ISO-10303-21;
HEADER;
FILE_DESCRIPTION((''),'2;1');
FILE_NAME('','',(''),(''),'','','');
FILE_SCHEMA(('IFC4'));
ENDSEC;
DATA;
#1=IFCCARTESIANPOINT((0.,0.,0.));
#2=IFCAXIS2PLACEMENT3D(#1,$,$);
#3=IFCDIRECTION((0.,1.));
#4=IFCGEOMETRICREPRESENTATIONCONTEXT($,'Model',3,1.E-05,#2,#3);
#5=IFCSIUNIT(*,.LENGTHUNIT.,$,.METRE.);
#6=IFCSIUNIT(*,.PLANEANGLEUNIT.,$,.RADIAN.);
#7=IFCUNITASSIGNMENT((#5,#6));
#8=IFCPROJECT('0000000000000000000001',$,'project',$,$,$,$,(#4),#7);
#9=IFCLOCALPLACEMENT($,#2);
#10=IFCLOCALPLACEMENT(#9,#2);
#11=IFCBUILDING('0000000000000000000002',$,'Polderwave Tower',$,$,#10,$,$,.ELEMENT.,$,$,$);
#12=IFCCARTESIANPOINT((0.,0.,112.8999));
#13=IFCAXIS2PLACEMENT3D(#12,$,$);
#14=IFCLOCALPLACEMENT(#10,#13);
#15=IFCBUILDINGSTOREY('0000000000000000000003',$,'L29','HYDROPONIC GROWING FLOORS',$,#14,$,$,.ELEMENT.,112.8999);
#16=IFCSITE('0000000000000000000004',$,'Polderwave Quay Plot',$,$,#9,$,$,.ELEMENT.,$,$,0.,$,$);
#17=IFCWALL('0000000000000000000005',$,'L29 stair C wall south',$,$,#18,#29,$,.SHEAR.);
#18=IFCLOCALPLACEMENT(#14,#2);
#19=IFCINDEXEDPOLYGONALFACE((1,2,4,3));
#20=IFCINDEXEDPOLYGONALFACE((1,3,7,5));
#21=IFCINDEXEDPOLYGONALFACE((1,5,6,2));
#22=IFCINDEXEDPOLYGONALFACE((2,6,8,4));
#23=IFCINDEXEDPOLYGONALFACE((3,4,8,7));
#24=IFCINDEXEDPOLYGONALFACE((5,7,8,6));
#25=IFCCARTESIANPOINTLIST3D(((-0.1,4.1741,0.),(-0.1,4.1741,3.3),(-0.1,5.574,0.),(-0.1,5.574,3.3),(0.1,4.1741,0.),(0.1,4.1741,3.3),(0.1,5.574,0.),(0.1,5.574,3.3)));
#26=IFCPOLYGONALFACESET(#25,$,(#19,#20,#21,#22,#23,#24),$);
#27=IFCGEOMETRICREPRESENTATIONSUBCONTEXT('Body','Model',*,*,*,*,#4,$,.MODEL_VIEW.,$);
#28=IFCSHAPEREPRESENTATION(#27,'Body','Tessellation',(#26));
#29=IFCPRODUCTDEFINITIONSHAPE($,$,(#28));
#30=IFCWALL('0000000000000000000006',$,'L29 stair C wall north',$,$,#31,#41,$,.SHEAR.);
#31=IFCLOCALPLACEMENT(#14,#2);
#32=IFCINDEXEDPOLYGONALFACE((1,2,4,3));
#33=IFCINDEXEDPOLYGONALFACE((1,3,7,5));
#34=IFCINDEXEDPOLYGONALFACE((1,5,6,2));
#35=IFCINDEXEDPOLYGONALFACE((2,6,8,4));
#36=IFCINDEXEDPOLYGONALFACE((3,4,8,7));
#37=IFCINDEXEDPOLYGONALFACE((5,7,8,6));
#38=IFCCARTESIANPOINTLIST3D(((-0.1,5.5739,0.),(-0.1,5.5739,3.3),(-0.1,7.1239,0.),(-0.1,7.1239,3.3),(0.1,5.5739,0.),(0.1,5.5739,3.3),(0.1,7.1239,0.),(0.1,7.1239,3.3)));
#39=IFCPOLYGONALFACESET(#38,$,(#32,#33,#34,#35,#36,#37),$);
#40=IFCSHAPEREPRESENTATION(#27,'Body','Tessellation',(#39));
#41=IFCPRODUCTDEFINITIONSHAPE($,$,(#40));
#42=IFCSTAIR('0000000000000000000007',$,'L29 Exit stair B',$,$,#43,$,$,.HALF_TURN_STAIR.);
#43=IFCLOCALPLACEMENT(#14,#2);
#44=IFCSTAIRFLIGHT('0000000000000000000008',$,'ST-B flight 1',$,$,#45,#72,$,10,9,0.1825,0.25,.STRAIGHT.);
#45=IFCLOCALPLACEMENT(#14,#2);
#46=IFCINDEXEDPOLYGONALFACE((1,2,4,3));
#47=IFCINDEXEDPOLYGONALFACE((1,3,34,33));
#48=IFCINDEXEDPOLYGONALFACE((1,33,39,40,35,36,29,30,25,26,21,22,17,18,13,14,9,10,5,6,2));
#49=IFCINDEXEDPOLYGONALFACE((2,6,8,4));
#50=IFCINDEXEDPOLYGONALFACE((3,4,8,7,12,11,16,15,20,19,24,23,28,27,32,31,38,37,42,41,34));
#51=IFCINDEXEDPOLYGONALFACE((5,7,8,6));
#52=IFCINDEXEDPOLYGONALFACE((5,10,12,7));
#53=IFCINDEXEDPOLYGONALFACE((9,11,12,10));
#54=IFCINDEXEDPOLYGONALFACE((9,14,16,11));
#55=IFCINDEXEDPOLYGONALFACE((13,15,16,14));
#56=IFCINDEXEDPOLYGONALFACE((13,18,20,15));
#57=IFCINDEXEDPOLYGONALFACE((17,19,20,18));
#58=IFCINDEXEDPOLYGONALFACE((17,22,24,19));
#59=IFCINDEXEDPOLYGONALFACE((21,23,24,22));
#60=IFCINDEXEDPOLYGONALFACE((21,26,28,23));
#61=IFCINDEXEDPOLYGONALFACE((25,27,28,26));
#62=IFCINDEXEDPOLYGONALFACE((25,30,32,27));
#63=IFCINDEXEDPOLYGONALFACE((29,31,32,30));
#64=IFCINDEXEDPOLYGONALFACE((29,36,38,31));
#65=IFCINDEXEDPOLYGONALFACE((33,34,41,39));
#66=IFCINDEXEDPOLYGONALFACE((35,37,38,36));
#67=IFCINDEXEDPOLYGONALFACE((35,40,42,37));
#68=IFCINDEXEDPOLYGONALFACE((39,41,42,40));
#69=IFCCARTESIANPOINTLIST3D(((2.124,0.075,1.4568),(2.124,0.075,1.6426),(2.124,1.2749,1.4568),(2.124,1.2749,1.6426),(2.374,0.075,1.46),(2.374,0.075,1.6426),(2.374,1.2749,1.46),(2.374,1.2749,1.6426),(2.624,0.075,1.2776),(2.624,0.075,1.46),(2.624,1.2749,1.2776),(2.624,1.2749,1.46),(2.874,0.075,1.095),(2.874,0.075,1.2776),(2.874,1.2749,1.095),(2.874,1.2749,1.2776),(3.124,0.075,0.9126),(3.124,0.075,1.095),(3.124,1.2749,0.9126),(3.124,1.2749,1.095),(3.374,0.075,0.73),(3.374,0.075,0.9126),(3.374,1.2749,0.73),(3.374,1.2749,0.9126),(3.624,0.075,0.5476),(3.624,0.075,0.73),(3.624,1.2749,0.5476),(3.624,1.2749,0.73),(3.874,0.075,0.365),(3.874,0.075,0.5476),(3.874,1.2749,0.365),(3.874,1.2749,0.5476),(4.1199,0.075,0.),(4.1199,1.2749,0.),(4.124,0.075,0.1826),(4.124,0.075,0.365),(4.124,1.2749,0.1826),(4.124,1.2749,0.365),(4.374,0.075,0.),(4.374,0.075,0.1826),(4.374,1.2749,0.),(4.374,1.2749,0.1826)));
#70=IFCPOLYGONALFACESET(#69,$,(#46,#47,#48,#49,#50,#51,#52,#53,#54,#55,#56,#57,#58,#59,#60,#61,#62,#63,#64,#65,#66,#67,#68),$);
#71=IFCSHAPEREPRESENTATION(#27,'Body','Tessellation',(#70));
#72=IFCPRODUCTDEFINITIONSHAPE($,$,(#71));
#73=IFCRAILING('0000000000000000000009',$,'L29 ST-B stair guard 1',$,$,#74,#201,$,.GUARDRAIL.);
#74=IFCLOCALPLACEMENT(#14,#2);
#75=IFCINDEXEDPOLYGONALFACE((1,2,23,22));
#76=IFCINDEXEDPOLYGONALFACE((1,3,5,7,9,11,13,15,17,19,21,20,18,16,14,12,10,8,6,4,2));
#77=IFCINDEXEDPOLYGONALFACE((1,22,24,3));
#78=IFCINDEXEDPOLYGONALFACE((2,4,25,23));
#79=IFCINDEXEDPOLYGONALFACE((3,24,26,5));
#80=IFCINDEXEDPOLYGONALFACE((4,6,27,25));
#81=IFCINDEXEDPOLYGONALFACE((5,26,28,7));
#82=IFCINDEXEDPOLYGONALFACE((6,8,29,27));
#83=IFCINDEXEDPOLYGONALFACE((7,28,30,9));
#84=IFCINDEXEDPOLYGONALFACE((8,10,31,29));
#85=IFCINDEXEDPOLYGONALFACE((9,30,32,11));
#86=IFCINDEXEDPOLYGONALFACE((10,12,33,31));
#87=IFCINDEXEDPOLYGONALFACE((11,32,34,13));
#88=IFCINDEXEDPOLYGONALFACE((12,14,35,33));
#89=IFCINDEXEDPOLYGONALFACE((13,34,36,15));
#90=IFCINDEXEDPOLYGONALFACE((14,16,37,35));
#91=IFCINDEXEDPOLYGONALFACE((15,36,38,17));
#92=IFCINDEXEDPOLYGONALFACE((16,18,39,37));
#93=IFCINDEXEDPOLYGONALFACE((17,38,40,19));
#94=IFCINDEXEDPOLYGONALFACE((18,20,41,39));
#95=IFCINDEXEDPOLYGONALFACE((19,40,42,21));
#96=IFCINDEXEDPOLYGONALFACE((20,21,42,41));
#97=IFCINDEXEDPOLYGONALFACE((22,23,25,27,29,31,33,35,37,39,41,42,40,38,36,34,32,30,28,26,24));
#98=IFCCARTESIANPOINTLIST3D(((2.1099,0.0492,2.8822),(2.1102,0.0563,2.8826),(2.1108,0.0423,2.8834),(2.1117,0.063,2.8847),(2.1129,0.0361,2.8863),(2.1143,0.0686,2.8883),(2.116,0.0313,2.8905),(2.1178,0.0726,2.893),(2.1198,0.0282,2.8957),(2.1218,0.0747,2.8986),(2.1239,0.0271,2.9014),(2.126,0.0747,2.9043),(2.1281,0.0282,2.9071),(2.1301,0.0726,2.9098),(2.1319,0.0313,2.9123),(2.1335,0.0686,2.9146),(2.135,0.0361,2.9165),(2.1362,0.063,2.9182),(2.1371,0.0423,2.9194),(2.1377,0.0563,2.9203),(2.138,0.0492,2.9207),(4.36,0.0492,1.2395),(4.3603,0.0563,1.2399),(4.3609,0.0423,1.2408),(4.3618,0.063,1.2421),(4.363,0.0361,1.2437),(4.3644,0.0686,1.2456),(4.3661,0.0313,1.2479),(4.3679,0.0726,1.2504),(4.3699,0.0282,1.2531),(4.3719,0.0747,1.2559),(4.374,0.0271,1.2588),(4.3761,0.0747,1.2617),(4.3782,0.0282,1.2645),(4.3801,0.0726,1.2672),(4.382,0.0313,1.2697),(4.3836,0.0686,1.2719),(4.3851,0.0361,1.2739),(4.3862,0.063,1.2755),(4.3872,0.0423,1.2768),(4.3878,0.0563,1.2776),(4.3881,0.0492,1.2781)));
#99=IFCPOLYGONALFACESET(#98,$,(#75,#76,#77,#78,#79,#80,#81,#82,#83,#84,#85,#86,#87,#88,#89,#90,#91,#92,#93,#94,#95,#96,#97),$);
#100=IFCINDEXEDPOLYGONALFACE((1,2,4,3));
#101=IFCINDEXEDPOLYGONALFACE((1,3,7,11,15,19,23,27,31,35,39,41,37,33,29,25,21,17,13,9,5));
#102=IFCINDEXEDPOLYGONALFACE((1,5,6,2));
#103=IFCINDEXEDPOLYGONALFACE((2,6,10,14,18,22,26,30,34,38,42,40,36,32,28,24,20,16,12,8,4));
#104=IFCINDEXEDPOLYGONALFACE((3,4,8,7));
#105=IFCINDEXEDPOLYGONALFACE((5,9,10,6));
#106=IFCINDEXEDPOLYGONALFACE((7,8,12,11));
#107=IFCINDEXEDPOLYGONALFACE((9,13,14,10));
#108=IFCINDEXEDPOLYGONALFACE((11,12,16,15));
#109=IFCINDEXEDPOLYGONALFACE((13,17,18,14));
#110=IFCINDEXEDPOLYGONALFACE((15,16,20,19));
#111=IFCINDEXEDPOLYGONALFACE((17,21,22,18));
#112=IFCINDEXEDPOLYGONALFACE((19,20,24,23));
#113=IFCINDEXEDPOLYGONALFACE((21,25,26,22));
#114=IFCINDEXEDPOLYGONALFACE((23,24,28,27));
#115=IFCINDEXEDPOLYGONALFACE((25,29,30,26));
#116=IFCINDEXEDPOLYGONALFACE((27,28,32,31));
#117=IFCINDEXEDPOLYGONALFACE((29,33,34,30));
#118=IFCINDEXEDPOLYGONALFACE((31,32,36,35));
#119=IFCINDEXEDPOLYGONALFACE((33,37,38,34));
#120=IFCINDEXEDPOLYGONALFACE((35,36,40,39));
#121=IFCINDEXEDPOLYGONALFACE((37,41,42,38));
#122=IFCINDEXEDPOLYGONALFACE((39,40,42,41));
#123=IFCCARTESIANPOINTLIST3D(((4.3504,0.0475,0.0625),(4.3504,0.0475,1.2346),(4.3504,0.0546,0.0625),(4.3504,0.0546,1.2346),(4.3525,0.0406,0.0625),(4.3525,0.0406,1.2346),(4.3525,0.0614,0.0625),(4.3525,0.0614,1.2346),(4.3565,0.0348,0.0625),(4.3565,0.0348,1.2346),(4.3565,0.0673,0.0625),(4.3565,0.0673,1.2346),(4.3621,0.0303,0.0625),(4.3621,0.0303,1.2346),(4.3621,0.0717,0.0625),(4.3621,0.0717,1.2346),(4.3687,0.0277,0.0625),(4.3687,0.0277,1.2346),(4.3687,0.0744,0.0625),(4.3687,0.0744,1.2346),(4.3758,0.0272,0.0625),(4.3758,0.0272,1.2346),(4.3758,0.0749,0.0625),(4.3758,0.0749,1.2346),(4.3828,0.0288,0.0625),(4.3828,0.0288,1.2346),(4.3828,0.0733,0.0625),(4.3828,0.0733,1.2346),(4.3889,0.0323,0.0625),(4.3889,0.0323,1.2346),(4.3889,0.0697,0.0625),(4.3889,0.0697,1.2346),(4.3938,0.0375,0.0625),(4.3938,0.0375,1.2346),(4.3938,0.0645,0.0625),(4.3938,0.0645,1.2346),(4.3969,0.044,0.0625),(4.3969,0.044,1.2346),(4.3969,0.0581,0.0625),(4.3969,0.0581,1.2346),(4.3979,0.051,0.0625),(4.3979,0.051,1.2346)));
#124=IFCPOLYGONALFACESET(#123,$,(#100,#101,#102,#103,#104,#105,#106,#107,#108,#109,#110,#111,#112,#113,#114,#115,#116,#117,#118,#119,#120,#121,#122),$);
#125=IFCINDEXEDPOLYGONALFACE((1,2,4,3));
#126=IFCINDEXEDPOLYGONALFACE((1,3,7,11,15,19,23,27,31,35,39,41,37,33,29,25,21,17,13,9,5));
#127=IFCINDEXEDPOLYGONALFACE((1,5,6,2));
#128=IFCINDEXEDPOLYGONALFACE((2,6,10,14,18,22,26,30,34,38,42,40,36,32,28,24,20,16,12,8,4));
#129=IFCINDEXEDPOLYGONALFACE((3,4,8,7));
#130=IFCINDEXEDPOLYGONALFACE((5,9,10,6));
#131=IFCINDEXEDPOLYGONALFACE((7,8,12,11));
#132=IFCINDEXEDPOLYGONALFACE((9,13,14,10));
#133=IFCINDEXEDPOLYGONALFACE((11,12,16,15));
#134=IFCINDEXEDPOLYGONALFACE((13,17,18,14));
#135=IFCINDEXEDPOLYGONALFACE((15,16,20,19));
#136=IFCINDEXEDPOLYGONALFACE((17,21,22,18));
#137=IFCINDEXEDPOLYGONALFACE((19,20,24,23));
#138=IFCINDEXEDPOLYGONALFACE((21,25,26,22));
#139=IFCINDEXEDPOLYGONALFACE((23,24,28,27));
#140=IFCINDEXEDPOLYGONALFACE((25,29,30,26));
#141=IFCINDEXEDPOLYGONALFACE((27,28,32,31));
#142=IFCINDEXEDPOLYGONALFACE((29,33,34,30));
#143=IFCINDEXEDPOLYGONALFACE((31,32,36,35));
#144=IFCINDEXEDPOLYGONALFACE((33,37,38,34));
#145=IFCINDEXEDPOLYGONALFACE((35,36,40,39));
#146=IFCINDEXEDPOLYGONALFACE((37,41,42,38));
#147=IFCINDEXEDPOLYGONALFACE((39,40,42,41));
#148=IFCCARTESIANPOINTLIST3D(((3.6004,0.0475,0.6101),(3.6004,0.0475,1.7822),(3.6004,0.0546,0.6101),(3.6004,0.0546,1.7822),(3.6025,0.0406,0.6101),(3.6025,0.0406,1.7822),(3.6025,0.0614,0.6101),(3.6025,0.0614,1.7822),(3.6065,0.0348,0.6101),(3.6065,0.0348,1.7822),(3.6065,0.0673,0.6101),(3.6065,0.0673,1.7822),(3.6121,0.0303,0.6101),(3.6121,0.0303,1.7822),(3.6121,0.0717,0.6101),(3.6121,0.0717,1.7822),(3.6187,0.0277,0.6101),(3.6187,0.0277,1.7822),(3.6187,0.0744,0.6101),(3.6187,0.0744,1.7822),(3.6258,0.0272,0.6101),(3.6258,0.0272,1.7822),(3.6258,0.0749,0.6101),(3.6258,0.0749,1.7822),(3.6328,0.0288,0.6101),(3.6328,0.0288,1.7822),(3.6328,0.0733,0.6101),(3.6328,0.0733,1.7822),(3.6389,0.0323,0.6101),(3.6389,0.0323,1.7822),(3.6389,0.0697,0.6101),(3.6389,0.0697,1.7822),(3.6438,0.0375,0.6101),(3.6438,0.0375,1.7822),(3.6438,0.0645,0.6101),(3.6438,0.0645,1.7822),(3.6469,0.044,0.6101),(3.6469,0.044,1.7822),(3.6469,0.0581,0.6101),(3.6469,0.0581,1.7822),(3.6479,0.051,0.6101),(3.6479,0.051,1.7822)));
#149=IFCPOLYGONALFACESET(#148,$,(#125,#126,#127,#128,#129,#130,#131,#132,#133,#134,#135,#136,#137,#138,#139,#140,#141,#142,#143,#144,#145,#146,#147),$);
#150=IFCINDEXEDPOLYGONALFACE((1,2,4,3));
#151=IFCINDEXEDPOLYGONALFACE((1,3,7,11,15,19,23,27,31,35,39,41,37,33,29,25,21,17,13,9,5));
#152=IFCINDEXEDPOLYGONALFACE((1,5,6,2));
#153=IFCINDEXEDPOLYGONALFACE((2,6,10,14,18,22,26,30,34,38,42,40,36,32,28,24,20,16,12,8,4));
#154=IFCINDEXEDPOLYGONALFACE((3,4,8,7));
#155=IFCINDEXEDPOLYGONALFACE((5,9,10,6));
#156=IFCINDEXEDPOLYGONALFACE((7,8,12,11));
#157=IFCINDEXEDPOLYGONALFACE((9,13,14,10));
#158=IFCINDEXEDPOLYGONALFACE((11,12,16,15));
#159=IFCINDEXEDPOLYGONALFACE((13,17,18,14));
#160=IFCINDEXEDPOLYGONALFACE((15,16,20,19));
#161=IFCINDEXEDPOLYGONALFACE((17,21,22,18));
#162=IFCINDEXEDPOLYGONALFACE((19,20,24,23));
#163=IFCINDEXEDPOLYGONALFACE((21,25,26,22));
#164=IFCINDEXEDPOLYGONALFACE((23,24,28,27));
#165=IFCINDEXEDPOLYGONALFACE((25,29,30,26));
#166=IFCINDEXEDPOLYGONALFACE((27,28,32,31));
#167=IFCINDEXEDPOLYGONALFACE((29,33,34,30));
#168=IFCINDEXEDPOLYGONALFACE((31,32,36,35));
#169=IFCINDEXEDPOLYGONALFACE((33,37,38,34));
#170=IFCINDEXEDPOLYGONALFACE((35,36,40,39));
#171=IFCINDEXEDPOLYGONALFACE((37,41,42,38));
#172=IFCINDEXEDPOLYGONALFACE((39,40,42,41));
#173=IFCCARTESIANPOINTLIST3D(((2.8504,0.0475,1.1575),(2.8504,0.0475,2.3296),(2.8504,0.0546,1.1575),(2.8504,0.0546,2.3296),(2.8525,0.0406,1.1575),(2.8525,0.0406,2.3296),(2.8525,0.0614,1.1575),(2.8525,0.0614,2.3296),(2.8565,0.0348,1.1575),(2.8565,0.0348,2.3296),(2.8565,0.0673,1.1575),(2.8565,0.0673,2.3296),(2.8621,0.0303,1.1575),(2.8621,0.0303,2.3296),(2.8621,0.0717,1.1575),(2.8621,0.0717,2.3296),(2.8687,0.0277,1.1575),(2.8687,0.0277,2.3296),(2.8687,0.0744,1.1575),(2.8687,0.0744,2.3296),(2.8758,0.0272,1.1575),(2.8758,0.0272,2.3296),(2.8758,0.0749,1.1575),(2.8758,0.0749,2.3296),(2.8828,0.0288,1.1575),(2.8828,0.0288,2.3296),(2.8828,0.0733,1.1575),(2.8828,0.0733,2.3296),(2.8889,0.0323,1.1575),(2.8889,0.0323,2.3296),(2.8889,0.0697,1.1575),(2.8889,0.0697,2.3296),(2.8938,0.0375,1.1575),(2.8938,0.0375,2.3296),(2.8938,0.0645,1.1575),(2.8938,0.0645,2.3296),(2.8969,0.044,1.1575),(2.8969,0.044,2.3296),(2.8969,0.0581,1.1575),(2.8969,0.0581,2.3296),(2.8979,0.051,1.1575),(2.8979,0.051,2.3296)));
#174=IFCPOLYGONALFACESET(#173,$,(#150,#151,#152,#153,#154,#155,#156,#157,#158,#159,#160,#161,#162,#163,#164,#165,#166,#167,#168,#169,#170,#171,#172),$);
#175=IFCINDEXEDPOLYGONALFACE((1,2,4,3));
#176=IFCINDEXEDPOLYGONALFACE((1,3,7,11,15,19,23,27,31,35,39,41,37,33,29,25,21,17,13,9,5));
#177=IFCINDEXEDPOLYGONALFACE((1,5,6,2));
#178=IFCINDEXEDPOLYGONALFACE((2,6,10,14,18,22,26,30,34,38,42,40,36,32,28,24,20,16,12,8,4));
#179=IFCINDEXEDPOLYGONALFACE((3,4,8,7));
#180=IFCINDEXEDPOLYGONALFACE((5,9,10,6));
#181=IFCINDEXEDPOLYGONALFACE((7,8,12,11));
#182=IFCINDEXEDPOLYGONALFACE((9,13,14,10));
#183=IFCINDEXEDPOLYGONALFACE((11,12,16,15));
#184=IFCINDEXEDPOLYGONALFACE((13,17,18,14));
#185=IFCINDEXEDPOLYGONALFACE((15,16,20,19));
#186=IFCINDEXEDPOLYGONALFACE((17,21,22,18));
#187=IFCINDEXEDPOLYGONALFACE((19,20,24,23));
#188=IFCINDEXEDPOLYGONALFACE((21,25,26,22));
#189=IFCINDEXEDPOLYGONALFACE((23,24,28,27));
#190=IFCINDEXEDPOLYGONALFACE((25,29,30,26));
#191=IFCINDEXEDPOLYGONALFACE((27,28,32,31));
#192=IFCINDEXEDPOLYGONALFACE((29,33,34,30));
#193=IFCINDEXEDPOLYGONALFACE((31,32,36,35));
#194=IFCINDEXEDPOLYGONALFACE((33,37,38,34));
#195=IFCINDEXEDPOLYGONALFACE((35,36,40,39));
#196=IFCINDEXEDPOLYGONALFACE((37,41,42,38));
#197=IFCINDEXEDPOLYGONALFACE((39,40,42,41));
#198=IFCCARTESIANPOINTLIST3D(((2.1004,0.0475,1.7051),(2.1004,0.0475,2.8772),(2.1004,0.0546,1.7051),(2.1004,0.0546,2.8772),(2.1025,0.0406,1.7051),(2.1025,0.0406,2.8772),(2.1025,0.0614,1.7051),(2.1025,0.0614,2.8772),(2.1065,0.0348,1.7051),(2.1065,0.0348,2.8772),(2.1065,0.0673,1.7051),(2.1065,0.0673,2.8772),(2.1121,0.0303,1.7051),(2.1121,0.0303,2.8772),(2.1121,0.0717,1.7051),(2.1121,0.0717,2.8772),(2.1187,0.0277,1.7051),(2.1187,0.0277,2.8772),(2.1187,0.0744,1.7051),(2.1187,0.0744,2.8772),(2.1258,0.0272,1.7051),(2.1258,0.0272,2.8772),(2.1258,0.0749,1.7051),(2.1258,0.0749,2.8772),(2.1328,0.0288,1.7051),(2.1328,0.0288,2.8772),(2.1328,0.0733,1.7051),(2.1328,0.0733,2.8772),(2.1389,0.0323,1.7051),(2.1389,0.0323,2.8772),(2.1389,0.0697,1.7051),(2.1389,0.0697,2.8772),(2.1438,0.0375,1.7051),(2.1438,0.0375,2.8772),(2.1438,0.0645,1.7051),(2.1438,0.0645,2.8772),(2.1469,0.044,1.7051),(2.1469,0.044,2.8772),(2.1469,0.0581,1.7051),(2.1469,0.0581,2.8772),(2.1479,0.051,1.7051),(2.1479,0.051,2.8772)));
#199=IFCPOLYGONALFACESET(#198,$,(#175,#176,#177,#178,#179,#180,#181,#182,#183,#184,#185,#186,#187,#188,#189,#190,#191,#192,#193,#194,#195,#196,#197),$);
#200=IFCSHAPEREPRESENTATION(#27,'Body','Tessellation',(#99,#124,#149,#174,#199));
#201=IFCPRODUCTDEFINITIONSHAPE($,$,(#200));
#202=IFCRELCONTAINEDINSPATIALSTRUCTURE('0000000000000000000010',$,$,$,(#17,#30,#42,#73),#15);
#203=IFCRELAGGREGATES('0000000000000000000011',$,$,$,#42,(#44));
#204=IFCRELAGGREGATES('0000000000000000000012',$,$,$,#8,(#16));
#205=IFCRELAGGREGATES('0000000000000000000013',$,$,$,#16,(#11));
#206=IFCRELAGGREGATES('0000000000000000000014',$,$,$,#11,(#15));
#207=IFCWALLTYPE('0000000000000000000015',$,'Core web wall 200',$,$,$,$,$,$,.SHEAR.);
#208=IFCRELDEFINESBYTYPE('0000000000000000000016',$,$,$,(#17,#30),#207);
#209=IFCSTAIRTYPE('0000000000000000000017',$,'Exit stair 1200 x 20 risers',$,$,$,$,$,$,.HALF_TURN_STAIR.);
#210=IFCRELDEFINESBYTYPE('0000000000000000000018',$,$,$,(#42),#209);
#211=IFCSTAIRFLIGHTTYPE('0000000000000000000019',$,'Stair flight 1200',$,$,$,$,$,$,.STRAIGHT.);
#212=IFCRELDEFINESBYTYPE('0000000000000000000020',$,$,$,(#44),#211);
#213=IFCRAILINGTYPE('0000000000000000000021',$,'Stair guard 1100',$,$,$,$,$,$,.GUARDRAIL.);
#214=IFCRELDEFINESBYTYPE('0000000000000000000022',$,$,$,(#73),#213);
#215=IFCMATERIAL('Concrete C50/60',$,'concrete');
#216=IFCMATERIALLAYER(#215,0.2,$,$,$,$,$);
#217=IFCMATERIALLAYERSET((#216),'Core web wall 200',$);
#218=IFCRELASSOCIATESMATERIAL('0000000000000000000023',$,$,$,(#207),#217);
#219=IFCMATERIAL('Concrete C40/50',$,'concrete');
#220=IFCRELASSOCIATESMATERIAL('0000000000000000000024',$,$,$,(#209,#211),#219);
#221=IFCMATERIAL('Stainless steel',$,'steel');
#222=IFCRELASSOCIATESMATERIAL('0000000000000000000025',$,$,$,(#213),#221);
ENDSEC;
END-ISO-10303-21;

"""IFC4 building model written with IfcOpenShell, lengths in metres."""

from ifc_helpers import new_model, si_unit, direction, frame, frame_2d, origin, origin_2d, place, context, subcontext, project, spatial, polyline, rectangle, circle, outline, extrude, material, layer, layer_set, type_object, element, aggregate, save


model = new_model("IFC4")

# Units and contexts
model_context = context("Model", 3, precision=1e-05, world=origin(), true_north=direction((0.0, 1.0)))
body_context = subcontext(model_context, "Body", "Model", "MODEL_VIEW")
ifc_project = project(units=[si_unit("LENGTHUNIT", "METRE"), si_unit("PLANEANGLEUNIT", "RADIAN")], contexts=[model_context])

# Site, building, storey
site_placement = place(None, origin())
site = spatial("IfcSite", under=ifc_project, at=site_placement, Name="Polderwave Quay Plot", CompositionType="ELEMENT", RefElevation=0.0)
building_placement = place(site_placement, origin())
building = spatial("IfcBuilding", under=site, at=building_placement, Name="Polderwave Tower", CompositionType="ELEMENT")
storey_placement = place(building_placement, frame((0.0, 0.0, 112.8999)))
storey = spatial("IfcBuildingStorey", under=building, at=storey_placement, Name="L29", Description="HYDROPONIC GROWING FLOORS", CompositionType="ELEMENT", Elevation=112.8999)

# Shared definitions
ifc_material_1 = material(Name="Concrete C50/60", Category="concrete")
ifc_layer_1 = layer(ifc_material_1, 0.2)
ifc_layer_set_1 = layer_set([ifc_layer_1], Name="Core web wall 200")
wall_type_1 = type_object("IfcWallType", Name="Core web wall 200", PredefinedType="SHEAR", material=ifc_layer_set_1)

# Walls
wall_1_placement = place(storey_placement, frame((0.0, 4.1741, 0.0), z_axis=(0.0, 0.0, 1.0), x_axis=(0.0, 1.0, 0.0)))
element("IfcWall", 1, at=wall_1_placement, inside=storey, type_object=wall_type_1, Name="L29 stair C wall south", PredefinedType="SHEAR", context=body_context, shape_type="SweptSolid", body=[
    extrude(rectangle(XDim=1.3999, YDim=0.2, at=frame_2d((0.7, 0.0))), origin(), (0.0, 0.0, 1.0), 3.3),
])
wall_2_placement = place(storey_placement, frame((0.0, 5.574, 0.0), z_axis=(0.0, 0.0, 1.0), x_axis=(0.0, 1.0, 0.0)))
element("IfcWall", 2, at=wall_2_placement, inside=storey, type_object=wall_type_1, Name="L29 stair C wall north", PredefinedType="SHEAR", context=body_context, shape_type="SweptSolid", body=[
    extrude(rectangle(XDim=1.55, YDim=0.2, at=frame_2d((0.7749, 0.0))), origin(), (0.0, 0.0, 1.0), 3.3),
])

# Stair, stair flight
ifc_material_2 = material(Name="Concrete C40/50", Category="concrete")
stair_type = type_object("IfcStairType", Name="Exit stair 1200 x 20 risers", PredefinedType="HALF_TURN_STAIR", material=ifc_material_2)
stair_placement = place(storey_placement, origin())
stair = element("IfcStair", 3, at=stair_placement, inside=storey, type_object=stair_type, Name="L29 Exit stair B", PredefinedType="HALF_TURN_STAIR")
stair_flight_type = type_object("IfcStairFlightType", Name="Stair flight 1200", PredefinedType="STRAIGHT", material=ifc_material_2)
stair_flight_placement = place(storey_placement, frame((4.374, 0.675, 0.0), z_axis=(0.0, 0.0, 1.0), x_axis=(-1.0, 0.0, 0.0)))
stair_flight = element("IfcStairFlight", 4, at=stair_flight_placement, type_object=stair_flight_type, Name="ST-B flight 1", NumberOfRisers=10, NumberOfTreads=9, PredefinedType="STRAIGHT", RiserHeight=0.1825, TreadLength=0.25, context=body_context, shape_type="SweptSolid", body=[
    extrude(outline(polyline([(0.0, 0.0), (0.0, 0.1826), (0.25, 0.1826), (0.25, 0.365), (0.5, 0.365), (0.5, 0.5476), (0.75, 0.5476), (0.75, 0.73), (1.0, 0.73), (1.0, 0.9126), (1.25, 0.9126), (1.25, 1.095), (1.5, 1.095), (1.5, 1.2776), (1.75, 1.2776), (1.75, 1.46), (2.0, 1.46), (2.0, 1.6426), (2.25, 1.6426), (2.25, 1.825), (2.25, 1.4568), (0.2542, 0.0), (0.0, 0.0)])), frame((0.0, 0.6001, 0.0), z_axis=(0.0, -1.0, 0.0), x_axis=(1.0, 0.0, 0.0)), (0.0, 0.0, 1.0), 1.2),
])
aggregate(stair, [stair_flight])

# Railing
ifc_material_3 = material(Name="Stainless steel", Category="steel")
railing_type_1 = type_object("IfcRailingType", Name="Stair guard 1100", PredefinedType="GUARDRAIL", material=ifc_material_3)
railing_1_placement = place(storey_placement, frame((4.374, 0.051, 0.0625)))
element("IfcRailing", 5, at=railing_1_placement, inside=storey, type_object=railing_type_1, Name="L29 ST-B stair guard 1", PredefinedType="GUARDRAIL", context=body_context, shape_type="SweptSolid", body=[
    extrude(circle(Radius=0.0239, at=origin_2d()), frame((0.0, 0.0, 1.1963), z_axis=(-0.807674, 0.0, 0.58963), x_axis=(0.0, -1.0, 0.0)), (0.0, 0.0, 1.0), 2.7859),
    extrude(circle(Radius=0.0239, at=origin_2d()), origin(), (0.0, 0.0, 1.0), 1.1721),
    extrude(circle(Radius=0.0239, at=origin_2d()), frame((-0.75, 0.0, 0.5476)), (0.0, 0.0, 1.0), 1.1721),
    extrude(circle(Radius=0.0239, at=origin_2d()), frame((-1.5, 0.0, 1.095)), (0.0, 0.0, 1.0), 1.1721),
    extrude(circle(Radius=0.0239, at=origin_2d()), frame((-2.25, 0.0, 1.6426)), (0.0, 0.0, 1.0), 1.1721),
])

save(model, "model.ifc")
